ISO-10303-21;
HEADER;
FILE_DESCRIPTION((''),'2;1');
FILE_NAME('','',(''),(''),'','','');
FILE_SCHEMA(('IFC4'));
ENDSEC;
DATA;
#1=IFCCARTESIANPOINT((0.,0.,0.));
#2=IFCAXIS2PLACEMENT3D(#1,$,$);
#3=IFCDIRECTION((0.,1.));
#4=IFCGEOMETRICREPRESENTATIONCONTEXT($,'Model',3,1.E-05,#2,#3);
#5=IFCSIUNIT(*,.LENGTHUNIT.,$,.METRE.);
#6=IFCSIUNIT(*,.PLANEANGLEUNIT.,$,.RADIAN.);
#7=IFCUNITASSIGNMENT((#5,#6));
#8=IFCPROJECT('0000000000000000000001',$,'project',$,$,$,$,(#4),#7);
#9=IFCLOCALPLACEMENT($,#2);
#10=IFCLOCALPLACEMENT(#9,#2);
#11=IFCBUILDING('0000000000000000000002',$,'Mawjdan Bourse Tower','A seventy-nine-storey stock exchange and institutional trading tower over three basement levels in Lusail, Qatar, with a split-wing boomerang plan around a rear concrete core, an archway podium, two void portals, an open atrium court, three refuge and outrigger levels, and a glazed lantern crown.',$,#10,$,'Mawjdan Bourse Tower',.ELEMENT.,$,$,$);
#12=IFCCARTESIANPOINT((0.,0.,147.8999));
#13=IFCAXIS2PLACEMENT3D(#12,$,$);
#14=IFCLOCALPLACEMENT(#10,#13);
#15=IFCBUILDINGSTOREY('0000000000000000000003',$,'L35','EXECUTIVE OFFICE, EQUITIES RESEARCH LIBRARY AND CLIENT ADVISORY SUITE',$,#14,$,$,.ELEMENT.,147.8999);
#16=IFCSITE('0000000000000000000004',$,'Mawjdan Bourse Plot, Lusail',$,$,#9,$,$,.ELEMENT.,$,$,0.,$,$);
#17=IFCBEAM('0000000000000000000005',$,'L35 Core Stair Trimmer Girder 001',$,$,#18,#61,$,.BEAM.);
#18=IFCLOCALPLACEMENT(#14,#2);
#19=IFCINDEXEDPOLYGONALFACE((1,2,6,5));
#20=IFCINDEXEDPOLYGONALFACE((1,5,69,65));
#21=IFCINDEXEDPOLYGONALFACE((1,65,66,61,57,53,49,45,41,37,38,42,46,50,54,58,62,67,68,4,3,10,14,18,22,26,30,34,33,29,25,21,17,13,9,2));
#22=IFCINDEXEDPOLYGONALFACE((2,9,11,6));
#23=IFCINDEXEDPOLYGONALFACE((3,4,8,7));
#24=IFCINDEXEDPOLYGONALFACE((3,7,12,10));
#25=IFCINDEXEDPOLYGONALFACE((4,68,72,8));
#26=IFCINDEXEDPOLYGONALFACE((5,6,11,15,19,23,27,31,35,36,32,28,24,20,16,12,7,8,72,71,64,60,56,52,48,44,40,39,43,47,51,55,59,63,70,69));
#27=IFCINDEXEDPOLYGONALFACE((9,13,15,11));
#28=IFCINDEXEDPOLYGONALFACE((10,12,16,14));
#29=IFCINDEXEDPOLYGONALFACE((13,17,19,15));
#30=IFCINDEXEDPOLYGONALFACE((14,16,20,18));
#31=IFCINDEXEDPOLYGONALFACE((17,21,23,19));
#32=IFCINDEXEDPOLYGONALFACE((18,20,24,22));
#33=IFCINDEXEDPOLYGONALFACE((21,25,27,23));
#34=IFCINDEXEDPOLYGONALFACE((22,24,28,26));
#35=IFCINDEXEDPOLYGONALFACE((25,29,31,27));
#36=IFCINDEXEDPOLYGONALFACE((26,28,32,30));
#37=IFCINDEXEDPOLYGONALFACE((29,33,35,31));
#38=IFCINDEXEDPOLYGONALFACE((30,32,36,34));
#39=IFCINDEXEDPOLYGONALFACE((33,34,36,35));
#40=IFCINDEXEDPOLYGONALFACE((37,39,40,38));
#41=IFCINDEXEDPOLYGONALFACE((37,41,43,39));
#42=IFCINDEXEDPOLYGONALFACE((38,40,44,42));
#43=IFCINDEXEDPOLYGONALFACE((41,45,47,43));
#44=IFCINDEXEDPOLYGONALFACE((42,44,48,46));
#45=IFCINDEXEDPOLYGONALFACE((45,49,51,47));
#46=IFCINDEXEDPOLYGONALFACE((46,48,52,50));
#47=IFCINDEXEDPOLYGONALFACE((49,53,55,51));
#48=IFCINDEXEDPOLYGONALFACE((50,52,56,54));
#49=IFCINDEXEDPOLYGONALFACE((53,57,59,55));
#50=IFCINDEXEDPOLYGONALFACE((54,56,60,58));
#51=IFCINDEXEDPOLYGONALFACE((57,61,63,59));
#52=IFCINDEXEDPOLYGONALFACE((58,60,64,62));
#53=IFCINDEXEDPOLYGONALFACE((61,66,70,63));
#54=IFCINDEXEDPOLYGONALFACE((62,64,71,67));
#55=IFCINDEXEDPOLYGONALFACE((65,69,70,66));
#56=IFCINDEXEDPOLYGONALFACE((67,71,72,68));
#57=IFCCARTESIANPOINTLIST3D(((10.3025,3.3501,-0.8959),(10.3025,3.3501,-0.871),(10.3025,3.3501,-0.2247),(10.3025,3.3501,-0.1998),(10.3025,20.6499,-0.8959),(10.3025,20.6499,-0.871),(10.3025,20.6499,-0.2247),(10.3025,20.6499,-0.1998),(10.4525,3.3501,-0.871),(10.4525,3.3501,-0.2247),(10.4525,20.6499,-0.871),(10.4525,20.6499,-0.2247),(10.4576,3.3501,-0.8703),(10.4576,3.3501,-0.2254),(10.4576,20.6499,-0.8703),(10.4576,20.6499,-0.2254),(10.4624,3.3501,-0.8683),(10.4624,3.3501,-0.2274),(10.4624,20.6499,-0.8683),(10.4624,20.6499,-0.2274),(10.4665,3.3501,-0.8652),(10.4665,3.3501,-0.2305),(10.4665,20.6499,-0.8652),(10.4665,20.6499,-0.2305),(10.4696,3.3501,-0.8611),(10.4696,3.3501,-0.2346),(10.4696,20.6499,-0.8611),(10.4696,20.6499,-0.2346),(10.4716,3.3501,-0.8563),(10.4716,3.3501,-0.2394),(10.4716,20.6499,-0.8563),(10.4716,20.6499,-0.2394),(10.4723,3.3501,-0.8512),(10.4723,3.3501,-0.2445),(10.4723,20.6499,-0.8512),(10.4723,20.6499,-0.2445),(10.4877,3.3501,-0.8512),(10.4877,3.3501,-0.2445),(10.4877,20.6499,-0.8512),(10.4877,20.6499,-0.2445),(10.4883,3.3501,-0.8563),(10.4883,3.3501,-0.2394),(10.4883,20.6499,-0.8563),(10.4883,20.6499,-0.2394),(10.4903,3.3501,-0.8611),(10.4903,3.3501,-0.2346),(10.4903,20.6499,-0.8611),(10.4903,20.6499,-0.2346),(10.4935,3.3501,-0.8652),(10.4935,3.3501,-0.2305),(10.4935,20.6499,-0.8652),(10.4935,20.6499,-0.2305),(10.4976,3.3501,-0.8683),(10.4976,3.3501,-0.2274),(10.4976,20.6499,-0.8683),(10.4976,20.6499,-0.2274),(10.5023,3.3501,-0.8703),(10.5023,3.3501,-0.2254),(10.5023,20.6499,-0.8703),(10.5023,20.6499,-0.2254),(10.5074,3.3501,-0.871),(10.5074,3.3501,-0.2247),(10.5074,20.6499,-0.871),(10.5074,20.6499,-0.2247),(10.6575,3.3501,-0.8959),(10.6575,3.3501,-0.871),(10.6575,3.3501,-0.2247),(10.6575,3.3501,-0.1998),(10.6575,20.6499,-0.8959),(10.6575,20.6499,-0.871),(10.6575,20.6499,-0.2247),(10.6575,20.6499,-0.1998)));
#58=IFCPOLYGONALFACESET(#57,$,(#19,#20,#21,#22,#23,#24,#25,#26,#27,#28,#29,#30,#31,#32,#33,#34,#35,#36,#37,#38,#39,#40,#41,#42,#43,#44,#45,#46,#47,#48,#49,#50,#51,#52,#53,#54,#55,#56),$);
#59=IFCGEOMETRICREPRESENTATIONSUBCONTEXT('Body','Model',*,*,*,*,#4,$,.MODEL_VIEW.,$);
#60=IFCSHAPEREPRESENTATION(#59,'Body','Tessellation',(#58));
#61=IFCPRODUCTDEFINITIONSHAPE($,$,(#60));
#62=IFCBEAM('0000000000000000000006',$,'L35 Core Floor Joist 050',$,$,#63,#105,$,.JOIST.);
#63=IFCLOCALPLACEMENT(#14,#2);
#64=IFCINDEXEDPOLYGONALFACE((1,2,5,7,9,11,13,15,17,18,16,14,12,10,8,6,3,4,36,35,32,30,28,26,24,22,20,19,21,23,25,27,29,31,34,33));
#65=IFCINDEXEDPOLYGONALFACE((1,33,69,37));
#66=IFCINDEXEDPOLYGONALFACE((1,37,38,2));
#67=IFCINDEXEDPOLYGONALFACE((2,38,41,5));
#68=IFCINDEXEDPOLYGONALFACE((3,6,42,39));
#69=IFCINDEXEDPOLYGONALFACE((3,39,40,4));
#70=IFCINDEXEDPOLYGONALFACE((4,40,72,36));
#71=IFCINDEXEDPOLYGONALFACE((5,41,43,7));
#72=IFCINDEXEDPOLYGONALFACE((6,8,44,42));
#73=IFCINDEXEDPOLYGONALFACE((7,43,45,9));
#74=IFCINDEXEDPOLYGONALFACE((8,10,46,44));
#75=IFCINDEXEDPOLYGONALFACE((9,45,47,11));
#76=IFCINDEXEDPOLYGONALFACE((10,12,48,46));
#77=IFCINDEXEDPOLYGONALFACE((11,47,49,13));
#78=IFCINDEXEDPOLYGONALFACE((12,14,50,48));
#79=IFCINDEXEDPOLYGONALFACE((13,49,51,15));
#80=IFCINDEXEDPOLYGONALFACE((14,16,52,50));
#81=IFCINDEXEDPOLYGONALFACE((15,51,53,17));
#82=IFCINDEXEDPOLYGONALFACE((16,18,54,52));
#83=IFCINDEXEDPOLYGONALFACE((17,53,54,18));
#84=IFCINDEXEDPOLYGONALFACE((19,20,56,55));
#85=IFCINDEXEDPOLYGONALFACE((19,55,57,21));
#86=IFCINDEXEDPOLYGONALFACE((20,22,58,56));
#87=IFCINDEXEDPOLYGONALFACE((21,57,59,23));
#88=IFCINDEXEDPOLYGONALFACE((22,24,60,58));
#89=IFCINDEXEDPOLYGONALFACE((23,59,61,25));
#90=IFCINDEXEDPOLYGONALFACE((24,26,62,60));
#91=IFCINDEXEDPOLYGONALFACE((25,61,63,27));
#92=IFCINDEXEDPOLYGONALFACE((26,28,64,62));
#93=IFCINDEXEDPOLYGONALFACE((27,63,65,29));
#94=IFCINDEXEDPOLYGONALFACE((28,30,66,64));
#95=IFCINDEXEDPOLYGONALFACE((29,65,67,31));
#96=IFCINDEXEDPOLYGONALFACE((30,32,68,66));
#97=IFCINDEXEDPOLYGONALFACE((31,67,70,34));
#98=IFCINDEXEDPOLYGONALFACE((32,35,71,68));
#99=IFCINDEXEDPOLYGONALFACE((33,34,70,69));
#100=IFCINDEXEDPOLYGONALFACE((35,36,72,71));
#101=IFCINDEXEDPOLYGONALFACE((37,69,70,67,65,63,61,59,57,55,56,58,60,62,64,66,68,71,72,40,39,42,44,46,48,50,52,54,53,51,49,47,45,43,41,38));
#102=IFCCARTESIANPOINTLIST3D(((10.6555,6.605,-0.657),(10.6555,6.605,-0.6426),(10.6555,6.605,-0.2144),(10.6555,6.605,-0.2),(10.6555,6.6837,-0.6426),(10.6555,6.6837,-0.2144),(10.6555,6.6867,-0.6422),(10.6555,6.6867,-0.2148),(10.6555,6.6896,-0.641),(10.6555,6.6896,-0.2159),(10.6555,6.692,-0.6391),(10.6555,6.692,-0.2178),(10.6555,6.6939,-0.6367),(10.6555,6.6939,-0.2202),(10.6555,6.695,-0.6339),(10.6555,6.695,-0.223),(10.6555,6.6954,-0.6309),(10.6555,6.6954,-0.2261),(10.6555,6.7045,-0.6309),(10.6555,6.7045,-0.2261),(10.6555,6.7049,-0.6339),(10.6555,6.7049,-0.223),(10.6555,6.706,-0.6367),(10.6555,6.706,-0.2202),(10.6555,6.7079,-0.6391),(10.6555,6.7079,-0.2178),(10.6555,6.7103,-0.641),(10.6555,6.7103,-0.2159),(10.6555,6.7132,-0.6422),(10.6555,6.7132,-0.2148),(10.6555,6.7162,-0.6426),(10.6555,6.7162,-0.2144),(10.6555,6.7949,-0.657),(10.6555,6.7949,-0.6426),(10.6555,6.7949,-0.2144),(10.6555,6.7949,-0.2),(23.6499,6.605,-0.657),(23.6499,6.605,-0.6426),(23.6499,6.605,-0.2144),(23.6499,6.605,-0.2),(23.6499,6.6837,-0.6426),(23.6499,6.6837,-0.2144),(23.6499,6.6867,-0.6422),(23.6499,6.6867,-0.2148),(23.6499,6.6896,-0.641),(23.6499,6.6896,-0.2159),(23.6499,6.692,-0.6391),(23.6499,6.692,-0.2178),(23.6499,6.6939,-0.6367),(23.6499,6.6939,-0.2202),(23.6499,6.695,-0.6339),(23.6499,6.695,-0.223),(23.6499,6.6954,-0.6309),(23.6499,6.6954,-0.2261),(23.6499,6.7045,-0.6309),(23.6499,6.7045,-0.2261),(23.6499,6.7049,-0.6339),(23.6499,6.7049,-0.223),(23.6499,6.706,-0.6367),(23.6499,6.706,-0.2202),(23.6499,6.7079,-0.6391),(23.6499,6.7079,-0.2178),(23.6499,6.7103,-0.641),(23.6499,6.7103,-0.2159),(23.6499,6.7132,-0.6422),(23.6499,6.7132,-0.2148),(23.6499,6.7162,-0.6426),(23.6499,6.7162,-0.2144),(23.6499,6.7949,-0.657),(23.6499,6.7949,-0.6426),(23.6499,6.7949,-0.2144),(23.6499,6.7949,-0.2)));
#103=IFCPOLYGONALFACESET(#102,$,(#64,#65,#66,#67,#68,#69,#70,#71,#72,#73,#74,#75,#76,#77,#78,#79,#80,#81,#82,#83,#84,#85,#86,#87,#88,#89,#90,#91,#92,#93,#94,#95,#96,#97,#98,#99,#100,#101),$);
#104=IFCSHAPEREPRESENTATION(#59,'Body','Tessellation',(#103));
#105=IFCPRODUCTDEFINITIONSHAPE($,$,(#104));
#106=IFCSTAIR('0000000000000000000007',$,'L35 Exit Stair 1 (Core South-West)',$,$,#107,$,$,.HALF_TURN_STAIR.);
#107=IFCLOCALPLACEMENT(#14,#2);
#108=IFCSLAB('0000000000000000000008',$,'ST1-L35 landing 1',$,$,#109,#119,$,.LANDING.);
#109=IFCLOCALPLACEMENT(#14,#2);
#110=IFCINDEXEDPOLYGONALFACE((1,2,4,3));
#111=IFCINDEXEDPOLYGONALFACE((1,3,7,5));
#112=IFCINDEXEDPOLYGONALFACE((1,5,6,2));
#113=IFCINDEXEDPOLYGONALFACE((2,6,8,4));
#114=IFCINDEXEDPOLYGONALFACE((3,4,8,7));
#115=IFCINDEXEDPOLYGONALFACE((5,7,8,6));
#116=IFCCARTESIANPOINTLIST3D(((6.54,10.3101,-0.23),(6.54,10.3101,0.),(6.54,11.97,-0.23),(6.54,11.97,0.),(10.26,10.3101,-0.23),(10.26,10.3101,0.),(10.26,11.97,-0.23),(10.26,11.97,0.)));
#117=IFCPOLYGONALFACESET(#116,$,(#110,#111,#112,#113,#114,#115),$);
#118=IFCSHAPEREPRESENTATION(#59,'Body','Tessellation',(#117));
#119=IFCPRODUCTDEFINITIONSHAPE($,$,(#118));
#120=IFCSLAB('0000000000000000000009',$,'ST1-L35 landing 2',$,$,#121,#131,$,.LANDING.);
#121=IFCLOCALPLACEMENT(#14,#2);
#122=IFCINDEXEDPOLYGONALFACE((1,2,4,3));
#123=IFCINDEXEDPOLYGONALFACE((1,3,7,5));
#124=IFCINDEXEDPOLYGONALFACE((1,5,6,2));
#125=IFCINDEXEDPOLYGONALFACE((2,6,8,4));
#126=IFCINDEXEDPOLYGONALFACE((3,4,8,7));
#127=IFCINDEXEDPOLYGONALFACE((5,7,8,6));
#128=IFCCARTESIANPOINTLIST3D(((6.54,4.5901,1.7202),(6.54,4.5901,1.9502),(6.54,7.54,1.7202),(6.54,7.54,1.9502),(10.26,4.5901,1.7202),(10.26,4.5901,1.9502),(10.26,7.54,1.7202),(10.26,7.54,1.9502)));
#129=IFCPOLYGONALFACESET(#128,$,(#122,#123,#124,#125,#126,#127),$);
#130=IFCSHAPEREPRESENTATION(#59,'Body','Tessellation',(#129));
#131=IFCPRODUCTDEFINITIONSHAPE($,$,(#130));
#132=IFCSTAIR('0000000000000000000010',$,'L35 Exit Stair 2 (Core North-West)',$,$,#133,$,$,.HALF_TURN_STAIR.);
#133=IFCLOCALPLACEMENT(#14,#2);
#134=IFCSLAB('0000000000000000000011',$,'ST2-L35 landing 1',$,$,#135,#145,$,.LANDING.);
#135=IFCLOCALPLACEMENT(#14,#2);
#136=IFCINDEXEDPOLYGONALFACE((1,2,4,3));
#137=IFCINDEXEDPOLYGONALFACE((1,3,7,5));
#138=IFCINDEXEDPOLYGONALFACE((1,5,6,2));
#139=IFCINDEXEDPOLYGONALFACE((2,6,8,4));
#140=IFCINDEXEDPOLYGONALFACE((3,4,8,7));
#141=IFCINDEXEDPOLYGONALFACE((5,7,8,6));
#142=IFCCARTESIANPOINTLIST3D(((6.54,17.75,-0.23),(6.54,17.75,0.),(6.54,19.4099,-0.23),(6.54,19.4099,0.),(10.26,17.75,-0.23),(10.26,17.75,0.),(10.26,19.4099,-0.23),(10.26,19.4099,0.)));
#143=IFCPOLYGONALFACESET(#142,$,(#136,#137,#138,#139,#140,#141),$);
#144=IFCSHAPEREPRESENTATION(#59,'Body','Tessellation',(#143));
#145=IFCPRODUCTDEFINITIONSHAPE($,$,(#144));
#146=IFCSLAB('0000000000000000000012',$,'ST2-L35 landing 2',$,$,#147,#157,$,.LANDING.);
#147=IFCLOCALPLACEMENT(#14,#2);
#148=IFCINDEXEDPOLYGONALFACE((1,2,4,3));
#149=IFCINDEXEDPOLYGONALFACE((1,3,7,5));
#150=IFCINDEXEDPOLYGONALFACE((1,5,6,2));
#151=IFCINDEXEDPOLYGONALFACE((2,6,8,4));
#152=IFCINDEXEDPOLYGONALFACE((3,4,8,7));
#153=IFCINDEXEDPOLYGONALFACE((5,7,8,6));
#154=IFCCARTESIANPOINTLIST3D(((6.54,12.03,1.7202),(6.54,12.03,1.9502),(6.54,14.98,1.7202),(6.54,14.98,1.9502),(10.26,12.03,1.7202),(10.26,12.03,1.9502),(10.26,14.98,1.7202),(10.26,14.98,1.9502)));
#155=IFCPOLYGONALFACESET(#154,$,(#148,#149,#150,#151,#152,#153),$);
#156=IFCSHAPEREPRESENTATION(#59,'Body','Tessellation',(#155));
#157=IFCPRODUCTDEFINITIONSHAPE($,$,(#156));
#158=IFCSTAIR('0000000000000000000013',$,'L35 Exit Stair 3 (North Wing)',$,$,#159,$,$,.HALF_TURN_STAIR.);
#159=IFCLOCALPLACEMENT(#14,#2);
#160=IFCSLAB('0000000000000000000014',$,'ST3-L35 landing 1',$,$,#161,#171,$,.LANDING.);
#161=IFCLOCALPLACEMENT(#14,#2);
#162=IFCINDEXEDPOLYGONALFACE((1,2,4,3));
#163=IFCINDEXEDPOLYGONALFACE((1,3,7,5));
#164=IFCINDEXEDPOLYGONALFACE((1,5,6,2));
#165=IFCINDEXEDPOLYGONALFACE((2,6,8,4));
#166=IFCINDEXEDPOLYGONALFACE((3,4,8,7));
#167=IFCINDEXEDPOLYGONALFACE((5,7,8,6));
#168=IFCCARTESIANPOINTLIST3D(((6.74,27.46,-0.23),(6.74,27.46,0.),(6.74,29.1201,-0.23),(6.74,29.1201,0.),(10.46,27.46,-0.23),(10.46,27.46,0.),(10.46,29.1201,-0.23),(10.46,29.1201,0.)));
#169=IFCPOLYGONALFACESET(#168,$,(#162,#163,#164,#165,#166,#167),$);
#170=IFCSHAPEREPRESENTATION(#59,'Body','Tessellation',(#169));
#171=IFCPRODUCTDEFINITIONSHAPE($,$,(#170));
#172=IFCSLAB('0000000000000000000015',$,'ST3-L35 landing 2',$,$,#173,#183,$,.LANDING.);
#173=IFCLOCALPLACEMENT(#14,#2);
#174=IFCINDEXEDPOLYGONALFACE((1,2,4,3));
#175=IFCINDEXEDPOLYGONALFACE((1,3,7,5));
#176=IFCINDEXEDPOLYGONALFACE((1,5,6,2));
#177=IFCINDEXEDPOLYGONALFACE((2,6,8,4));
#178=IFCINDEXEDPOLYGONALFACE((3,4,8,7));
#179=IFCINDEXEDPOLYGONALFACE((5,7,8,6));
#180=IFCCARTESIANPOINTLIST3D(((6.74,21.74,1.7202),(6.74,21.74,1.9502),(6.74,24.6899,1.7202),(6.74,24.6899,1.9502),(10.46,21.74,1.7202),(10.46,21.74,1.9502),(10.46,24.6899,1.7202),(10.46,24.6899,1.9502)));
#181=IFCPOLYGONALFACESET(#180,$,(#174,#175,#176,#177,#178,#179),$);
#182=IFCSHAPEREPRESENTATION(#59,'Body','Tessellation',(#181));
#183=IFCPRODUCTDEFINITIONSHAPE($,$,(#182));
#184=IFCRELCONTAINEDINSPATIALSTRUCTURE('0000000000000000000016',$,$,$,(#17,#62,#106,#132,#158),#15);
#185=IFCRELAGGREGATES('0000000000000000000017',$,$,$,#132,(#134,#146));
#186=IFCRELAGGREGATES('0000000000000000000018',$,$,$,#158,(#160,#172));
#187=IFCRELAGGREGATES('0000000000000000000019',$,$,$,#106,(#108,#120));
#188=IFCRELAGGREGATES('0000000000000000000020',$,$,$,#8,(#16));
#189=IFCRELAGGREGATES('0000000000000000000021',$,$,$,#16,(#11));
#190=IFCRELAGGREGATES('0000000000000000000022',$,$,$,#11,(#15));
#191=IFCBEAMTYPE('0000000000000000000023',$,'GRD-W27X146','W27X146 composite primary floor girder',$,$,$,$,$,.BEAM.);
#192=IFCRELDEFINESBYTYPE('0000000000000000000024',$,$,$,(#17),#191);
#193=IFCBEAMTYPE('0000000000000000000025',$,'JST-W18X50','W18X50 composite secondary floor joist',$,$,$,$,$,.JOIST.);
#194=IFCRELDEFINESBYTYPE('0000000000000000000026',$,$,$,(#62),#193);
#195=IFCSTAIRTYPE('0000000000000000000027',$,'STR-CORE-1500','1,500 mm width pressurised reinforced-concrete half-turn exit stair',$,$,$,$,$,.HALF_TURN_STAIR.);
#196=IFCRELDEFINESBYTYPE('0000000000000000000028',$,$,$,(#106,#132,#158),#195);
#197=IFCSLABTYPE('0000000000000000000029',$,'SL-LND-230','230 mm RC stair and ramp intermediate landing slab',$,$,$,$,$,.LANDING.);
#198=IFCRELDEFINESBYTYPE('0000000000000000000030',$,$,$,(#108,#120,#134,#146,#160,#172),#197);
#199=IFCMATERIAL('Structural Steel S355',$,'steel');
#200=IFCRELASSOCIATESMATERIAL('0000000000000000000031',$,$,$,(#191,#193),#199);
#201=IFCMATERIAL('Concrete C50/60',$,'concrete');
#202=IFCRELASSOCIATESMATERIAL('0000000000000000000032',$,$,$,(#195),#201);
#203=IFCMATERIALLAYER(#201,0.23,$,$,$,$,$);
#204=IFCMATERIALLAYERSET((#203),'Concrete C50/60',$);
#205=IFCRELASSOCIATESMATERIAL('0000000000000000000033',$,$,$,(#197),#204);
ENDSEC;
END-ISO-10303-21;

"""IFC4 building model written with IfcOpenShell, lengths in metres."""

from ifc_helpers import new_model, si_unit, direction, frame, origin, origin_2d, place, context, subcontext, project, spatial, polyline, i_section, outline, extrude, material, layer, layer_set, material_profile, profile_set, type_object, element, aggregate, save


model = new_model("IFC4")

# Units and contexts
model_context = context("Model", 3, precision=1e-05, world=origin(), true_north=direction((0.0, 1.0)))
body_context = subcontext(model_context, "Body", "Model", "MODEL_VIEW")
ifc_project = project(units=[si_unit("LENGTHUNIT", "METRE"), si_unit("PLANEANGLEUNIT", "RADIAN")], contexts=[model_context])

# Site, building, storey
site_placement = place(None, origin())
site = spatial("IfcSite", under=ifc_project, at=site_placement, Name="Mawjdan Bourse Plot, Lusail", CompositionType="ELEMENT", RefElevation=0.0)
building_placement = place(site_placement, origin())
building = spatial("IfcBuilding", under=site, at=building_placement, Name="Mawjdan Bourse Tower", Description="A seventy-nine-storey stock exchange and institutional trading tower over three basement levels in Lusail, Qatar, with a split-wing boomerang plan around a rear concrete core, an archway podium, two void portals, an open atrium court, three refuge and outrigger levels, and a glazed lantern crown.", LongName="Mawjdan Bourse Tower", CompositionType="ELEMENT")
storey_placement = place(building_placement, frame((0.0, 0.0, 147.8999)))
storey = spatial("IfcBuildingStorey", under=building, at=storey_placement, Name="L35", Description="EXECUTIVE OFFICE, EQUITIES RESEARCH LIBRARY AND CLIENT ADVISORY SUITE", CompositionType="ELEMENT", Elevation=147.8999)

# Beams
ifc_material_1 = material(Name="Structural Steel S355", Category="steel")
ifc_material_profile_1 = material_profile(ifc_material_1, i_section(OverallWidth=0.355, OverallDepth=0.696, WebThickness=0.0154, FlangeThickness=0.0249, FilletRadius=0.0198, at=origin_2d()), Name="W27X146")
ifc_profile_set_1 = profile_set([ifc_material_profile_1], Name="Structural Steel S355")
beam_type_1 = type_object("IfcBeamType", Name="GRD-W27X146", Description="W27X146 composite primary floor girder", PredefinedType="BEAM", material=ifc_profile_set_1)
beam_1_placement = place(storey_placement, frame((10.48, 3.3501, -0.5479), z_axis=(0.0, 1.0, 0.0), x_axis=(-1.0, 0.0, 0.0)))
element("IfcBeam", 1, at=beam_1_placement, inside=storey, type_object=beam_type_1, Name="L35 Core Stair Trimmer Girder 001", PredefinedType="BEAM", context=body_context, shape_type="SweptSolid", body=[
    extrude(i_section(OverallWidth=0.355, OverallDepth=0.696, WebThickness=0.0154, FlangeThickness=0.0249, FilletRadius=0.0198, at=origin_2d()), origin(), (0.0, 0.0, 1.0), 17.2998),
])
ifc_material_profile_2 = material_profile(ifc_material_1, i_section(OverallWidth=0.1899, OverallDepth=0.457, WebThickness=0.009, FlangeThickness=0.0144, FilletRadius=0.0117, at=origin_2d()), Name="W18X50")
ifc_profile_set_2 = profile_set([ifc_material_profile_2], Name="Structural Steel S355")
beam_type_2 = type_object("IfcBeamType", Name="JST-W18X50", Description="W18X50 composite secondary floor joist", PredefinedType="JOIST", material=ifc_profile_set_2)
beam_2_placement = place(storey_placement, frame((10.6555, 6.7, -0.4285), z_axis=(1.0, 0.0, 0.0), x_axis=(0.0, 1.0, 0.0)))
element("IfcBeam", 2, at=beam_2_placement, inside=storey, type_object=beam_type_2, Name="L35 Core Floor Joist 050", PredefinedType="JOIST", context=body_context, shape_type="SweptSolid", body=[
    extrude(i_section(OverallWidth=0.1899, OverallDepth=0.457, WebThickness=0.009, FlangeThickness=0.0144, FilletRadius=0.0117, at=origin_2d()), origin(), (0.0, 0.0, 1.0), 12.9944),
])

# Stairs, slabs
ifc_material_2 = material(Name="Concrete C50/60", Category="concrete")
stair_type = type_object("IfcStairType", Name="STR-CORE-1500", Description="1,500 mm width pressurised reinforced-concrete half-turn exit stair", PredefinedType="HALF_TURN_STAIR", material=ifc_material_2)
stair_1_placement = place(storey_placement, origin())
stair_1 = element("IfcStair", 3, at=stair_1_placement, inside=storey, type_object=stair_type, Name="L35 Exit Stair 1 (Core South-West)", PredefinedType="HALF_TURN_STAIR")
ifc_layer_1 = layer(ifc_material_2, 0.23)
ifc_layer_set_1 = layer_set([ifc_layer_1], Name="Concrete C50/60")
slab_type_1 = type_object("IfcSlabType", Name="SL-LND-230", Description="230 mm RC stair and ramp intermediate landing slab", PredefinedType="LANDING", material=ifc_layer_set_1)
slab_1_placement = place(storey_placement, frame((0.0, 0.0, -0.23)))
slab_1 = element("IfcSlab", 4, at=slab_1_placement, type_object=slab_type_1, Name="ST1-L35 landing 1", PredefinedType="LANDING", context=body_context, shape_type="SweptSolid", body=[
    extrude(outline(polyline([(6.54, 10.3101), (10.26, 10.3101), (10.26, 11.97), (6.54, 11.97), (6.54, 10.3101)])), origin(), (0.0, 0.0, 1.0), 0.23),
])
slab_2_placement = place(storey_placement, frame((0.0, 0.0, 1.7202)))
slab_2 = element("IfcSlab", 5, at=slab_2_placement, type_object=slab_type_1, Name="ST1-L35 landing 2", PredefinedType="LANDING", context=body_context, shape_type="SweptSolid", body=[
    extrude(outline(polyline([(6.54, 4.5901), (10.26, 4.5901), (10.26, 7.54), (6.54, 7.54), (6.54, 4.5901)])), origin(), (0.0, 0.0, 1.0), 0.23),
])
stair_2_placement = place(storey_placement, origin())
stair_2 = element("IfcStair", 6, at=stair_2_placement, inside=storey, type_object=stair_type, Name="L35 Exit Stair 2 (Core North-West)", PredefinedType="HALF_TURN_STAIR")
slab_3_placement = place(storey_placement, frame((0.0, 0.0, -0.23)))
slab_3 = element("IfcSlab", 7, at=slab_3_placement, type_object=slab_type_1, Name="ST2-L35 landing 1", PredefinedType="LANDING", context=body_context, shape_type="SweptSolid", body=[
    extrude(outline(polyline([(6.54, 17.75), (10.26, 17.75), (10.26, 19.4099), (6.54, 19.4099), (6.54, 17.75)])), origin(), (0.0, 0.0, 1.0), 0.23),
])
slab_4_placement = place(storey_placement, frame((0.0, 0.0, 1.7202)))
slab_4 = element("IfcSlab", 8, at=slab_4_placement, type_object=slab_type_1, Name="ST2-L35 landing 2", PredefinedType="LANDING", context=body_context, shape_type="SweptSolid", body=[
    extrude(outline(polyline([(6.54, 12.03), (10.26, 12.03), (10.26, 14.98), (6.54, 14.98), (6.54, 12.03)])), origin(), (0.0, 0.0, 1.0), 0.23),
])
aggregate(stair_2, [slab_3, slab_4])
stair_3_placement = place(storey_placement, origin())
stair_3 = element("IfcStair", 9, at=stair_3_placement, inside=storey, type_object=stair_type, Name="L35 Exit Stair 3 (North Wing)", PredefinedType="HALF_TURN_STAIR")
slab_5_placement = place(storey_placement, frame((0.0, 0.0, -0.23)))
slab_5 = element("IfcSlab", 10, at=slab_5_placement, type_object=slab_type_1, Name="ST3-L35 landing 1", PredefinedType="LANDING", context=body_context, shape_type="SweptSolid", body=[
    extrude(outline(polyline([(6.74, 27.46), (10.46, 27.46), (10.46, 29.1201), (6.74, 29.1201), (6.74, 27.46)])), origin(), (0.0, 0.0, 1.0), 0.23),
])
slab_6_placement = place(storey_placement, frame((0.0, 0.0, 1.7202)))
slab_6 = element("IfcSlab", 11, at=slab_6_placement, type_object=slab_type_1, Name="ST3-L35 landing 2", PredefinedType="LANDING", context=body_context, shape_type="SweptSolid", body=[
    extrude(outline(polyline([(6.74, 21.74), (10.46, 21.74), (10.46, 24.6899), (6.74, 24.6899), (6.74, 21.74)])), origin(), (0.0, 0.0, 1.0), 0.23),
])
aggregate(stair_3, [slab_5, slab_6])

aggregate(stair_1, [slab_1, slab_2])

save(model, "model.ifc")
